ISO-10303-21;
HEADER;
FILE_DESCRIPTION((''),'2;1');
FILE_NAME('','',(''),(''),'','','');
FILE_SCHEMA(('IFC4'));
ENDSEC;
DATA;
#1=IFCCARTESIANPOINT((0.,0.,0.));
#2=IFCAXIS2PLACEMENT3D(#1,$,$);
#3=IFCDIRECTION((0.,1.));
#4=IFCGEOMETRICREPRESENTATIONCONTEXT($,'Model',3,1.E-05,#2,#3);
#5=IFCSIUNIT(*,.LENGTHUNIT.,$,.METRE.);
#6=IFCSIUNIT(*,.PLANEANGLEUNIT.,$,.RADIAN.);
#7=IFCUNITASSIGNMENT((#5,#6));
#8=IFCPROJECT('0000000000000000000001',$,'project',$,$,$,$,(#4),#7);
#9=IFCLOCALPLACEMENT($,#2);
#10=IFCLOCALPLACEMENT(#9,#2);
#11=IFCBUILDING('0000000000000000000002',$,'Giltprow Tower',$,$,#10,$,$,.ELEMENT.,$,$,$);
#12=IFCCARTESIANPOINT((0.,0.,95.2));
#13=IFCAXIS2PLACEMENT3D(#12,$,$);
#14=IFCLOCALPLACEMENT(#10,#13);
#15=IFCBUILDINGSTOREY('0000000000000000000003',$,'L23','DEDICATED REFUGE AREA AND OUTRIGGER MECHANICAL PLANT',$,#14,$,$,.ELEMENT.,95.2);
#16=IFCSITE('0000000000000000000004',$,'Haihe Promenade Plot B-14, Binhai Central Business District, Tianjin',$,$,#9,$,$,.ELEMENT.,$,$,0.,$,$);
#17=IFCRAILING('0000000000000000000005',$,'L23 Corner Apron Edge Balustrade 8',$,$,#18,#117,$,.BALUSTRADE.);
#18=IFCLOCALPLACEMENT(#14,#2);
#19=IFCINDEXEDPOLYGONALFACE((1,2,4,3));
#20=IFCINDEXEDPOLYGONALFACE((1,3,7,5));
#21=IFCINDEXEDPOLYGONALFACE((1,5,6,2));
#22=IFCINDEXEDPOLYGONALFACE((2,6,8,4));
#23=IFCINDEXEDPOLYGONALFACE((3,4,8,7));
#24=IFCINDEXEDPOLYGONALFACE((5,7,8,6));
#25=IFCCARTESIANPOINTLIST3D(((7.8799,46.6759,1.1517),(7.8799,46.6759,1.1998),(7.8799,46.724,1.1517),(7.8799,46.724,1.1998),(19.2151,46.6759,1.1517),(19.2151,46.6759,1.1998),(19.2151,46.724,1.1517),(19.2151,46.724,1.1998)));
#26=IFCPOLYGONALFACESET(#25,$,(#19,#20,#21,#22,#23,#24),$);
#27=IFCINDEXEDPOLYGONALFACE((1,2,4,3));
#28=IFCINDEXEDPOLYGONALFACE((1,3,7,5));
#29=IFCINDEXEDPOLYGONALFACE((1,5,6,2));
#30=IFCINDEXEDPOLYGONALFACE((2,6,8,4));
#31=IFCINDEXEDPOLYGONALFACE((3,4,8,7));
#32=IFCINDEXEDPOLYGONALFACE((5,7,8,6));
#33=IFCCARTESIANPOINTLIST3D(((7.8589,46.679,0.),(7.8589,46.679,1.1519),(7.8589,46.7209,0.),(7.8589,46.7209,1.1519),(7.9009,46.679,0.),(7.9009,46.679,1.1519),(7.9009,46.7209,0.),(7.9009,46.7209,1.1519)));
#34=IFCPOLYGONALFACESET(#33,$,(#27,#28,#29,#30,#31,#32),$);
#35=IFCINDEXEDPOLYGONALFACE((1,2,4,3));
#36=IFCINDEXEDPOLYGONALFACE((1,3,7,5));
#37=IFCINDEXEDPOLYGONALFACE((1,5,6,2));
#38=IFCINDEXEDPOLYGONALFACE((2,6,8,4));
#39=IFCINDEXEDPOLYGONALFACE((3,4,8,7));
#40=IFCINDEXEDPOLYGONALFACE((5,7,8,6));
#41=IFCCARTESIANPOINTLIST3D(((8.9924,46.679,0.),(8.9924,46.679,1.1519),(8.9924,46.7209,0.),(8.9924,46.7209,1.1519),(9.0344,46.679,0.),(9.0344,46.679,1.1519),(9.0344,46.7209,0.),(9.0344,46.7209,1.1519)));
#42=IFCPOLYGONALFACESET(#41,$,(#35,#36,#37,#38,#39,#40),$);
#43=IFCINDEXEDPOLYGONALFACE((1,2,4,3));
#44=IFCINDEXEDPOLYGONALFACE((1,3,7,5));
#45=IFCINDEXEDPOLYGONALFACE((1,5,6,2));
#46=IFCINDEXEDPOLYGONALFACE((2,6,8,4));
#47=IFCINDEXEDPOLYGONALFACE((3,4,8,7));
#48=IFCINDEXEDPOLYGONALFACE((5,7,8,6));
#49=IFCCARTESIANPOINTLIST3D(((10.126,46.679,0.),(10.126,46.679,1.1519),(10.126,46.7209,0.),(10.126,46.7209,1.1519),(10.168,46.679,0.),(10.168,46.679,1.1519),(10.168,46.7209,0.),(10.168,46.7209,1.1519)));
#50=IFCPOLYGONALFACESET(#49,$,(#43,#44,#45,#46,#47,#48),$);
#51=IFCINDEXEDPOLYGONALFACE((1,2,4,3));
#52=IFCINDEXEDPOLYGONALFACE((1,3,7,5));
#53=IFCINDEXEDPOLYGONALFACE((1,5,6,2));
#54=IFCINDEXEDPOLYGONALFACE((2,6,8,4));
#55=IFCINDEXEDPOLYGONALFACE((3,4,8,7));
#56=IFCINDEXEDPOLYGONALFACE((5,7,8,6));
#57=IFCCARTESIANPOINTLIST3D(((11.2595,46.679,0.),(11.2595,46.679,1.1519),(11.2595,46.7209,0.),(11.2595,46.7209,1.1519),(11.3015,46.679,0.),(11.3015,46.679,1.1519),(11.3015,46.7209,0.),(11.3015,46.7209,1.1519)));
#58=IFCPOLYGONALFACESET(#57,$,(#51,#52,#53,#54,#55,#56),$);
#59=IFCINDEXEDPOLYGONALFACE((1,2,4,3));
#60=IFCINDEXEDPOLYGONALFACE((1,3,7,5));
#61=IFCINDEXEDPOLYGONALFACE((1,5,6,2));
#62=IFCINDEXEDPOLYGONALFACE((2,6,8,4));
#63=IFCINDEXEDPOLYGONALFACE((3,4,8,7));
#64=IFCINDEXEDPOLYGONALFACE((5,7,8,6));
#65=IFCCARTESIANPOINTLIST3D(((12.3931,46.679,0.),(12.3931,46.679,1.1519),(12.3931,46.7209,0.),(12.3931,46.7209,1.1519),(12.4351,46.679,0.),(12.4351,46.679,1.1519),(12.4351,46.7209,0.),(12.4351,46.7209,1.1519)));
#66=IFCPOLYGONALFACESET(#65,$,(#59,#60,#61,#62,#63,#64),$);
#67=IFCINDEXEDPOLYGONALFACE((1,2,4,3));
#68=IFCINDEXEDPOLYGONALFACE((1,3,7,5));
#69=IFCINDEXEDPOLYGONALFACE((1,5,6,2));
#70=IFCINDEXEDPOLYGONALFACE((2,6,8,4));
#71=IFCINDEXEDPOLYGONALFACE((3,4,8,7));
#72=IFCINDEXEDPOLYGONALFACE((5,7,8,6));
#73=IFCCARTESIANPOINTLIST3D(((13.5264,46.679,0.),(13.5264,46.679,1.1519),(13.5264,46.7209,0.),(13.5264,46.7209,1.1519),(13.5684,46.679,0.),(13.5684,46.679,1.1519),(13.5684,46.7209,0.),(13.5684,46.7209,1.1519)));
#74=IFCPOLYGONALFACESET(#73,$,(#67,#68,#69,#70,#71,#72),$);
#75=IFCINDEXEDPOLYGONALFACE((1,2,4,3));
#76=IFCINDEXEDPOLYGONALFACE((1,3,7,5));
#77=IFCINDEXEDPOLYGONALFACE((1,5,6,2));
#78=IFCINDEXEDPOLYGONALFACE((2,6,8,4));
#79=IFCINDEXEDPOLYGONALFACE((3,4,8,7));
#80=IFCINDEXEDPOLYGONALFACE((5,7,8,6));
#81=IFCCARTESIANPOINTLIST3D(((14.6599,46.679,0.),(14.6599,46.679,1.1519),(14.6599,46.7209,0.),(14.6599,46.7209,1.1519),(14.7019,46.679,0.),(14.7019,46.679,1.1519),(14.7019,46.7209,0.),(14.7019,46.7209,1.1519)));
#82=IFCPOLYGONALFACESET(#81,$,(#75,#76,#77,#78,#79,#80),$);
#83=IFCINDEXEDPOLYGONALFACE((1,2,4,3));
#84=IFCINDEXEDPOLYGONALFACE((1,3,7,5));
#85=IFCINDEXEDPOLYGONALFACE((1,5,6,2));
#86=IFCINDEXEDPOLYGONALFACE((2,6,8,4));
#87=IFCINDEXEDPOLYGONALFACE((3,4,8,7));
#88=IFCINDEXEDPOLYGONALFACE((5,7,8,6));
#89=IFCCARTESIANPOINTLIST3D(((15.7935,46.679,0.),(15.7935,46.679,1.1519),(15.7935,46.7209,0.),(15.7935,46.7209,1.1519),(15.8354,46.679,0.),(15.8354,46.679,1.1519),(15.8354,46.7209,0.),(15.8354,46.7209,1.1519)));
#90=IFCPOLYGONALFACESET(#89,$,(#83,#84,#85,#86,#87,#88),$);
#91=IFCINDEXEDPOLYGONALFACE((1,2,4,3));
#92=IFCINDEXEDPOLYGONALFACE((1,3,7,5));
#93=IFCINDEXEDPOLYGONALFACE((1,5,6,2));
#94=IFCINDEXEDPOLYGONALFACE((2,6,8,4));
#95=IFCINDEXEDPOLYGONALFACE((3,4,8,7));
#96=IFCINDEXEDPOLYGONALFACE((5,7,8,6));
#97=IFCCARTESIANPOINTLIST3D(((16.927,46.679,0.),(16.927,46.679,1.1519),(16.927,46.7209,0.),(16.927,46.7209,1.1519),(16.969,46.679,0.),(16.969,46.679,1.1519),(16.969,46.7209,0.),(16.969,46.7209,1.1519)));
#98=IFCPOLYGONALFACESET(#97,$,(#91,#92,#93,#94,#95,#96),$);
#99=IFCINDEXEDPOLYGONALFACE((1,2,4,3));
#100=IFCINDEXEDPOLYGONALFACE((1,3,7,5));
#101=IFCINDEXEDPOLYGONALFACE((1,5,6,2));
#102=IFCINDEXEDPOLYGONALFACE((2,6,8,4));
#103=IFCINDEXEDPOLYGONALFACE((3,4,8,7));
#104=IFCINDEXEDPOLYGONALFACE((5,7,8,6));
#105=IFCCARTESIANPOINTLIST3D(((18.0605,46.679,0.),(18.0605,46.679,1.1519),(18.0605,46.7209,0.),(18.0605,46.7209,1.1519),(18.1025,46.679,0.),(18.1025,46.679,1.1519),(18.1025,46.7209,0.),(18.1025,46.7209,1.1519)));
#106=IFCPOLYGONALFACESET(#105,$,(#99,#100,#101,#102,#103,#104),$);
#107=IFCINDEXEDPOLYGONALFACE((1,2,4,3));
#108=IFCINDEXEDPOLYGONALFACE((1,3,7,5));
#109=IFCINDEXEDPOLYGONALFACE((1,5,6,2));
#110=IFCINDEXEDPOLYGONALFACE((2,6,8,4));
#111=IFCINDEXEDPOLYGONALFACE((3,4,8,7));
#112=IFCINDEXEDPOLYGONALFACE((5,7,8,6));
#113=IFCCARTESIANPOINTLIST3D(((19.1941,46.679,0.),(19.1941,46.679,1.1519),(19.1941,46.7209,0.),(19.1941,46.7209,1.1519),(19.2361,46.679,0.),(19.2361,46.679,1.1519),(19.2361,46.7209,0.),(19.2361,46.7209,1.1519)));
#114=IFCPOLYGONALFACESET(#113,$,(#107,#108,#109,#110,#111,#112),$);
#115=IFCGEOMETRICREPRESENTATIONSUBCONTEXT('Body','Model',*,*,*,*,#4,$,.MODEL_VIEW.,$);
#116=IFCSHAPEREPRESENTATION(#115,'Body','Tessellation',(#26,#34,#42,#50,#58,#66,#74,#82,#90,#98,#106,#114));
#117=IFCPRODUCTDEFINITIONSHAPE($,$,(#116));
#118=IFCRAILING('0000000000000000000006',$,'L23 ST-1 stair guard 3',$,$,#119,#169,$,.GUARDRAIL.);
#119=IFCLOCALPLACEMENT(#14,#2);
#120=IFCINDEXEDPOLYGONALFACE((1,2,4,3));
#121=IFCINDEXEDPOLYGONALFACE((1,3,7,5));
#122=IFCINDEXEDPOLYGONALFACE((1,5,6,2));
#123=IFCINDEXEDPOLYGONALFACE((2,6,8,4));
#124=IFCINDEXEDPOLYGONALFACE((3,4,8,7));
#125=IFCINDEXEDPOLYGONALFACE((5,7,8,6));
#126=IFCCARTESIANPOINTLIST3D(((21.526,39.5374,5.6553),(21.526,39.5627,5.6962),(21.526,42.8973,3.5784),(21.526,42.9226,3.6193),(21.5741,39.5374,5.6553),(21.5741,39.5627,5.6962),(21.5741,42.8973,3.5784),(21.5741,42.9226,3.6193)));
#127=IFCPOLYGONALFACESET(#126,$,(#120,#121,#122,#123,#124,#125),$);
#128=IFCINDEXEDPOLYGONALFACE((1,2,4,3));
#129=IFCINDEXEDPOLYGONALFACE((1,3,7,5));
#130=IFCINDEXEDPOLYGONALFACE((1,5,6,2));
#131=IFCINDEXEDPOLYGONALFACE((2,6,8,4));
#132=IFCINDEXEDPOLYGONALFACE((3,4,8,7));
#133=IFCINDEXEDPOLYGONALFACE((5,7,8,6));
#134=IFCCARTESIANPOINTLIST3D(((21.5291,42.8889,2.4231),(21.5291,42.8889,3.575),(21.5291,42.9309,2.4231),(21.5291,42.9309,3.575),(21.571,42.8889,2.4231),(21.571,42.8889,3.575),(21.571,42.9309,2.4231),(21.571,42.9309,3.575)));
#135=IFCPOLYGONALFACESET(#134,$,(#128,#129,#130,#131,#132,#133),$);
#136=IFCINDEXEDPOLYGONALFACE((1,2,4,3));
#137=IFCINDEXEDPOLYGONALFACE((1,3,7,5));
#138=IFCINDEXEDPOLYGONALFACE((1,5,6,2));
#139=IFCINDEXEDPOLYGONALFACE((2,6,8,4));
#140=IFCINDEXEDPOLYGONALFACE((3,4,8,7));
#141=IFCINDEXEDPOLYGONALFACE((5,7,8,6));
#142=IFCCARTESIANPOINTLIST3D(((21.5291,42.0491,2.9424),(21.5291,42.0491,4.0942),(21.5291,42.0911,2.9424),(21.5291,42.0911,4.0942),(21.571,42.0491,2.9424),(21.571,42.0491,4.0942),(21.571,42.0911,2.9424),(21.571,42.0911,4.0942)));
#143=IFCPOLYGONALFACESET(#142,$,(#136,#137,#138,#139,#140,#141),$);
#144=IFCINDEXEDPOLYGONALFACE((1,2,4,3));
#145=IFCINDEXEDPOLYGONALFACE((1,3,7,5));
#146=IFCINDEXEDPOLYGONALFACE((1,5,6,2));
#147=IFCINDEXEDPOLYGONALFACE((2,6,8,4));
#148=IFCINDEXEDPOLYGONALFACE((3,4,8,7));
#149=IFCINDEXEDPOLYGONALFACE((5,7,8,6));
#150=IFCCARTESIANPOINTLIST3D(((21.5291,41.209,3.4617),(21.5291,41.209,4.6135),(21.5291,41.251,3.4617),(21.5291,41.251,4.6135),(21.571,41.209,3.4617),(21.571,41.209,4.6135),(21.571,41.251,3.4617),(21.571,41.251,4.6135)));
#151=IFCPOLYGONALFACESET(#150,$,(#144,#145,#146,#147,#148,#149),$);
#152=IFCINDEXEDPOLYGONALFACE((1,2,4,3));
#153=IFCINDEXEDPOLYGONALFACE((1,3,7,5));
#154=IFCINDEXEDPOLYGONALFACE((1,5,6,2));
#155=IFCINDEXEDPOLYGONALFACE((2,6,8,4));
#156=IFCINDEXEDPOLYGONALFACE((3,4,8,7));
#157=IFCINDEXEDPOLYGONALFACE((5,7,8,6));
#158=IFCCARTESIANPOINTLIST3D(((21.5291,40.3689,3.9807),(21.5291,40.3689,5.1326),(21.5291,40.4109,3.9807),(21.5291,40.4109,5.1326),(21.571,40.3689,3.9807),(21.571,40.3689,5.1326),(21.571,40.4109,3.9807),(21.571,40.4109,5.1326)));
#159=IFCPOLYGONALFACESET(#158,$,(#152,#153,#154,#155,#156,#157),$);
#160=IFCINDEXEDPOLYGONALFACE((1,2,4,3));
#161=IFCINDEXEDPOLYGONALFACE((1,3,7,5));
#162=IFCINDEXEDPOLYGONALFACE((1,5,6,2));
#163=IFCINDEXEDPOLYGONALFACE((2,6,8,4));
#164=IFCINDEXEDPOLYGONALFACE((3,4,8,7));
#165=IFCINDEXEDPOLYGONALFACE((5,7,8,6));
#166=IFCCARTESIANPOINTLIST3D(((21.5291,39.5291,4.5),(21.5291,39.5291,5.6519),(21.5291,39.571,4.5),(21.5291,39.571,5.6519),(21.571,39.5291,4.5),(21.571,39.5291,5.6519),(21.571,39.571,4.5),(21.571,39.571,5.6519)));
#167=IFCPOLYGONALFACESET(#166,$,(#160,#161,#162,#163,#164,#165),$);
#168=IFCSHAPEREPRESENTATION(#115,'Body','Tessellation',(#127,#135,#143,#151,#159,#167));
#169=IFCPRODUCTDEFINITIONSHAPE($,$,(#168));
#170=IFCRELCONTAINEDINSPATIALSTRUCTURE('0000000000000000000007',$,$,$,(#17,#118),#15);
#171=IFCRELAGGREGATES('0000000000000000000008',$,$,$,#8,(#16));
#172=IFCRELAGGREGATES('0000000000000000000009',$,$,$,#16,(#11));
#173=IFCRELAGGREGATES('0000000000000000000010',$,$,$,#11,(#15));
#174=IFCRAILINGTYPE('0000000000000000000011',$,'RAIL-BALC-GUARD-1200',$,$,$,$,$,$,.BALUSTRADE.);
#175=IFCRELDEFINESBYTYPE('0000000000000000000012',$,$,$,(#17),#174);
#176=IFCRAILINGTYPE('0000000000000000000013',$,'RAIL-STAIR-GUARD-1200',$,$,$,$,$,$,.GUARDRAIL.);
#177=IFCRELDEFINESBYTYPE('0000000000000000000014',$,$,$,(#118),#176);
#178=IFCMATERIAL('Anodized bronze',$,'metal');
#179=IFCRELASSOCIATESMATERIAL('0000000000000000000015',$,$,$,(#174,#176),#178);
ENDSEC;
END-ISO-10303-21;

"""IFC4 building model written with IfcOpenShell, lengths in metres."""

from ifc_helpers import new_model, si_unit, direction, frame, origin, origin_2d, place, context, subcontext, project, spatial, rectangle, extrude, material, type_object, element, save


model = new_model("IFC4")

# Units and contexts
model_context = context("Model", 3, precision=1e-05, world=origin(), true_north=direction((0.0, 1.0)))
body_context = subcontext(model_context, "Body", "Model", "MODEL_VIEW")
ifc_project = project(units=[si_unit("LENGTHUNIT", "METRE"), si_unit("PLANEANGLEUNIT", "RADIAN")], contexts=[model_context])

# Site, building, storey
site_placement = place(None, origin())
site = spatial("IfcSite", under=ifc_project, at=site_placement, Name="Haihe Promenade Plot B-14, Binhai Central Business District, Tianjin", CompositionType="ELEMENT", RefElevation=0.0)
building_placement = place(site_placement, origin())
building = spatial("IfcBuilding", under=site, at=building_placement, Name="Giltprow Tower", CompositionType="ELEMENT")
storey_placement = place(building_placement, frame((0.0, 0.0, 95.2)))
storey = spatial("IfcBuildingStorey", under=building, at=storey_placement, Name="L23", Description="DEDICATED REFUGE AREA AND OUTRIGGER MECHANICAL PLANT", CompositionType="ELEMENT", Elevation=95.2)

# Railings
ifc_material_1 = material(Name="Anodized bronze", Category="metal")
railing_type_1 = type_object("IfcRailingType", Name="RAIL-BALC-GUARD-1200", PredefinedType="BALUSTRADE", material=ifc_material_1)
railing_1_placement = place(storey_placement, frame((7.8799, 46.7, 0.0)))
element("IfcRailing", 1, at=railing_1_placement, inside=storey, type_object=railing_type_1, Name="L23 Corner Apron Edge Balustrade 8", PredefinedType="BALUSTRADE", context=body_context, shape_type="SweptSolid", body=[
    extrude(rectangle(XDim=0.0481, YDim=0.0481, at=origin_2d()), frame((0.0, 0.0, 1.1758), z_axis=(1.0, 0.0, 0.0), x_axis=(0.0, 1.0, 0.0)), (0.0, 0.0, 1.0), 11.3352),
    extrude(rectangle(XDim=0.042, YDim=0.042, at=origin_2d()), origin(), (0.0, 0.0, 1.0), 1.1519),
    extrude(rectangle(XDim=0.042, YDim=0.042, at=origin_2d()), frame((1.1335, 0.0, 0.0)), (0.0, 0.0, 1.0), 1.1519),
    extrude(rectangle(XDim=0.042, YDim=0.042, at=origin_2d()), frame((2.2671, 0.0, 0.0)), (0.0, 0.0, 1.0), 1.1519),
    extrude(rectangle(XDim=0.042, YDim=0.042, at=origin_2d()), frame((3.4006, 0.0, 0.0)), (0.0, 0.0, 1.0), 1.1519),
    extrude(rectangle(XDim=0.042, YDim=0.042, at=origin_2d()), frame((4.5342, 0.0, 0.0)), (0.0, 0.0, 1.0), 1.1519),
    extrude(rectangle(XDim=0.042, YDim=0.042, at=origin_2d()), frame((5.6675, 0.0, 0.0)), (0.0, 0.0, 1.0), 1.1519),
    extrude(rectangle(XDim=0.042, YDim=0.042, at=origin_2d()), frame((6.801, 0.0, 0.0)), (0.0, 0.0, 1.0), 1.1519),
    extrude(rectangle(XDim=0.042, YDim=0.042, at=origin_2d()), frame((7.9346, 0.0, 0.0)), (0.0, 0.0, 1.0), 1.1519),
    extrude(rectangle(XDim=0.042, YDim=0.042, at=origin_2d()), frame((9.0681, 0.0, 0.0)), (0.0, 0.0, 1.0), 1.1519),
    extrude(rectangle(XDim=0.042, YDim=0.042, at=origin_2d()), frame((10.2017, 0.0, 0.0)), (0.0, 0.0, 1.0), 1.1519),
    extrude(rectangle(XDim=0.042, YDim=0.042, at=origin_2d()), frame((11.3352, 0.0, 0.0)), (0.0, 0.0, 1.0), 1.1519),
])
railing_type_2 = type_object("IfcRailingType", Name="RAIL-STAIR-GUARD-1200", PredefinedType="GUARDRAIL", material=ifc_material_1)
railing_2_placement = place(storey_placement, frame((21.55, 42.9099, 2.4231)))
element("IfcRailing", 2, at=railing_2_placement, inside=storey, type_object=railing_type_2, Name="L23 ST-1 stair guard 3", PredefinedType="GUARDRAIL", context=body_context, shape_type="SweptSolid", body=[
    extrude(rectangle(XDim=0.0481, YDim=0.0481, at=origin_2d()), frame((0.0, 0.0, 1.1758), z_axis=(0.0, -0.850606, 0.525803), x_axis=(1.0, 0.0, 0.0)), (0.0, 0.0, 1.0), 3.95),
    extrude(rectangle(XDim=0.042, YDim=0.042, at=origin_2d()), origin(), (0.0, 0.0, 1.0), 1.1519),
    extrude(rectangle(XDim=0.042, YDim=0.042, at=origin_2d()), frame((0.0, -0.8398, 0.5193)), (0.0, 0.0, 1.0), 1.1519),
    extrude(rectangle(XDim=0.042, YDim=0.042, at=origin_2d()), frame((0.0, -1.6799, 1.0386)), (0.0, 0.0, 1.0), 1.1519),
    extrude(rectangle(XDim=0.042, YDim=0.042, at=origin_2d()), frame((0.0, -2.52, 1.5576)), (0.0, 0.0, 1.0), 1.1519),
    extrude(rectangle(XDim=0.042, YDim=0.042, at=origin_2d()), frame((0.0, -3.3599, 2.0769)), (0.0, 0.0, 1.0), 1.1519),
])

save(model, "model.ifc")
